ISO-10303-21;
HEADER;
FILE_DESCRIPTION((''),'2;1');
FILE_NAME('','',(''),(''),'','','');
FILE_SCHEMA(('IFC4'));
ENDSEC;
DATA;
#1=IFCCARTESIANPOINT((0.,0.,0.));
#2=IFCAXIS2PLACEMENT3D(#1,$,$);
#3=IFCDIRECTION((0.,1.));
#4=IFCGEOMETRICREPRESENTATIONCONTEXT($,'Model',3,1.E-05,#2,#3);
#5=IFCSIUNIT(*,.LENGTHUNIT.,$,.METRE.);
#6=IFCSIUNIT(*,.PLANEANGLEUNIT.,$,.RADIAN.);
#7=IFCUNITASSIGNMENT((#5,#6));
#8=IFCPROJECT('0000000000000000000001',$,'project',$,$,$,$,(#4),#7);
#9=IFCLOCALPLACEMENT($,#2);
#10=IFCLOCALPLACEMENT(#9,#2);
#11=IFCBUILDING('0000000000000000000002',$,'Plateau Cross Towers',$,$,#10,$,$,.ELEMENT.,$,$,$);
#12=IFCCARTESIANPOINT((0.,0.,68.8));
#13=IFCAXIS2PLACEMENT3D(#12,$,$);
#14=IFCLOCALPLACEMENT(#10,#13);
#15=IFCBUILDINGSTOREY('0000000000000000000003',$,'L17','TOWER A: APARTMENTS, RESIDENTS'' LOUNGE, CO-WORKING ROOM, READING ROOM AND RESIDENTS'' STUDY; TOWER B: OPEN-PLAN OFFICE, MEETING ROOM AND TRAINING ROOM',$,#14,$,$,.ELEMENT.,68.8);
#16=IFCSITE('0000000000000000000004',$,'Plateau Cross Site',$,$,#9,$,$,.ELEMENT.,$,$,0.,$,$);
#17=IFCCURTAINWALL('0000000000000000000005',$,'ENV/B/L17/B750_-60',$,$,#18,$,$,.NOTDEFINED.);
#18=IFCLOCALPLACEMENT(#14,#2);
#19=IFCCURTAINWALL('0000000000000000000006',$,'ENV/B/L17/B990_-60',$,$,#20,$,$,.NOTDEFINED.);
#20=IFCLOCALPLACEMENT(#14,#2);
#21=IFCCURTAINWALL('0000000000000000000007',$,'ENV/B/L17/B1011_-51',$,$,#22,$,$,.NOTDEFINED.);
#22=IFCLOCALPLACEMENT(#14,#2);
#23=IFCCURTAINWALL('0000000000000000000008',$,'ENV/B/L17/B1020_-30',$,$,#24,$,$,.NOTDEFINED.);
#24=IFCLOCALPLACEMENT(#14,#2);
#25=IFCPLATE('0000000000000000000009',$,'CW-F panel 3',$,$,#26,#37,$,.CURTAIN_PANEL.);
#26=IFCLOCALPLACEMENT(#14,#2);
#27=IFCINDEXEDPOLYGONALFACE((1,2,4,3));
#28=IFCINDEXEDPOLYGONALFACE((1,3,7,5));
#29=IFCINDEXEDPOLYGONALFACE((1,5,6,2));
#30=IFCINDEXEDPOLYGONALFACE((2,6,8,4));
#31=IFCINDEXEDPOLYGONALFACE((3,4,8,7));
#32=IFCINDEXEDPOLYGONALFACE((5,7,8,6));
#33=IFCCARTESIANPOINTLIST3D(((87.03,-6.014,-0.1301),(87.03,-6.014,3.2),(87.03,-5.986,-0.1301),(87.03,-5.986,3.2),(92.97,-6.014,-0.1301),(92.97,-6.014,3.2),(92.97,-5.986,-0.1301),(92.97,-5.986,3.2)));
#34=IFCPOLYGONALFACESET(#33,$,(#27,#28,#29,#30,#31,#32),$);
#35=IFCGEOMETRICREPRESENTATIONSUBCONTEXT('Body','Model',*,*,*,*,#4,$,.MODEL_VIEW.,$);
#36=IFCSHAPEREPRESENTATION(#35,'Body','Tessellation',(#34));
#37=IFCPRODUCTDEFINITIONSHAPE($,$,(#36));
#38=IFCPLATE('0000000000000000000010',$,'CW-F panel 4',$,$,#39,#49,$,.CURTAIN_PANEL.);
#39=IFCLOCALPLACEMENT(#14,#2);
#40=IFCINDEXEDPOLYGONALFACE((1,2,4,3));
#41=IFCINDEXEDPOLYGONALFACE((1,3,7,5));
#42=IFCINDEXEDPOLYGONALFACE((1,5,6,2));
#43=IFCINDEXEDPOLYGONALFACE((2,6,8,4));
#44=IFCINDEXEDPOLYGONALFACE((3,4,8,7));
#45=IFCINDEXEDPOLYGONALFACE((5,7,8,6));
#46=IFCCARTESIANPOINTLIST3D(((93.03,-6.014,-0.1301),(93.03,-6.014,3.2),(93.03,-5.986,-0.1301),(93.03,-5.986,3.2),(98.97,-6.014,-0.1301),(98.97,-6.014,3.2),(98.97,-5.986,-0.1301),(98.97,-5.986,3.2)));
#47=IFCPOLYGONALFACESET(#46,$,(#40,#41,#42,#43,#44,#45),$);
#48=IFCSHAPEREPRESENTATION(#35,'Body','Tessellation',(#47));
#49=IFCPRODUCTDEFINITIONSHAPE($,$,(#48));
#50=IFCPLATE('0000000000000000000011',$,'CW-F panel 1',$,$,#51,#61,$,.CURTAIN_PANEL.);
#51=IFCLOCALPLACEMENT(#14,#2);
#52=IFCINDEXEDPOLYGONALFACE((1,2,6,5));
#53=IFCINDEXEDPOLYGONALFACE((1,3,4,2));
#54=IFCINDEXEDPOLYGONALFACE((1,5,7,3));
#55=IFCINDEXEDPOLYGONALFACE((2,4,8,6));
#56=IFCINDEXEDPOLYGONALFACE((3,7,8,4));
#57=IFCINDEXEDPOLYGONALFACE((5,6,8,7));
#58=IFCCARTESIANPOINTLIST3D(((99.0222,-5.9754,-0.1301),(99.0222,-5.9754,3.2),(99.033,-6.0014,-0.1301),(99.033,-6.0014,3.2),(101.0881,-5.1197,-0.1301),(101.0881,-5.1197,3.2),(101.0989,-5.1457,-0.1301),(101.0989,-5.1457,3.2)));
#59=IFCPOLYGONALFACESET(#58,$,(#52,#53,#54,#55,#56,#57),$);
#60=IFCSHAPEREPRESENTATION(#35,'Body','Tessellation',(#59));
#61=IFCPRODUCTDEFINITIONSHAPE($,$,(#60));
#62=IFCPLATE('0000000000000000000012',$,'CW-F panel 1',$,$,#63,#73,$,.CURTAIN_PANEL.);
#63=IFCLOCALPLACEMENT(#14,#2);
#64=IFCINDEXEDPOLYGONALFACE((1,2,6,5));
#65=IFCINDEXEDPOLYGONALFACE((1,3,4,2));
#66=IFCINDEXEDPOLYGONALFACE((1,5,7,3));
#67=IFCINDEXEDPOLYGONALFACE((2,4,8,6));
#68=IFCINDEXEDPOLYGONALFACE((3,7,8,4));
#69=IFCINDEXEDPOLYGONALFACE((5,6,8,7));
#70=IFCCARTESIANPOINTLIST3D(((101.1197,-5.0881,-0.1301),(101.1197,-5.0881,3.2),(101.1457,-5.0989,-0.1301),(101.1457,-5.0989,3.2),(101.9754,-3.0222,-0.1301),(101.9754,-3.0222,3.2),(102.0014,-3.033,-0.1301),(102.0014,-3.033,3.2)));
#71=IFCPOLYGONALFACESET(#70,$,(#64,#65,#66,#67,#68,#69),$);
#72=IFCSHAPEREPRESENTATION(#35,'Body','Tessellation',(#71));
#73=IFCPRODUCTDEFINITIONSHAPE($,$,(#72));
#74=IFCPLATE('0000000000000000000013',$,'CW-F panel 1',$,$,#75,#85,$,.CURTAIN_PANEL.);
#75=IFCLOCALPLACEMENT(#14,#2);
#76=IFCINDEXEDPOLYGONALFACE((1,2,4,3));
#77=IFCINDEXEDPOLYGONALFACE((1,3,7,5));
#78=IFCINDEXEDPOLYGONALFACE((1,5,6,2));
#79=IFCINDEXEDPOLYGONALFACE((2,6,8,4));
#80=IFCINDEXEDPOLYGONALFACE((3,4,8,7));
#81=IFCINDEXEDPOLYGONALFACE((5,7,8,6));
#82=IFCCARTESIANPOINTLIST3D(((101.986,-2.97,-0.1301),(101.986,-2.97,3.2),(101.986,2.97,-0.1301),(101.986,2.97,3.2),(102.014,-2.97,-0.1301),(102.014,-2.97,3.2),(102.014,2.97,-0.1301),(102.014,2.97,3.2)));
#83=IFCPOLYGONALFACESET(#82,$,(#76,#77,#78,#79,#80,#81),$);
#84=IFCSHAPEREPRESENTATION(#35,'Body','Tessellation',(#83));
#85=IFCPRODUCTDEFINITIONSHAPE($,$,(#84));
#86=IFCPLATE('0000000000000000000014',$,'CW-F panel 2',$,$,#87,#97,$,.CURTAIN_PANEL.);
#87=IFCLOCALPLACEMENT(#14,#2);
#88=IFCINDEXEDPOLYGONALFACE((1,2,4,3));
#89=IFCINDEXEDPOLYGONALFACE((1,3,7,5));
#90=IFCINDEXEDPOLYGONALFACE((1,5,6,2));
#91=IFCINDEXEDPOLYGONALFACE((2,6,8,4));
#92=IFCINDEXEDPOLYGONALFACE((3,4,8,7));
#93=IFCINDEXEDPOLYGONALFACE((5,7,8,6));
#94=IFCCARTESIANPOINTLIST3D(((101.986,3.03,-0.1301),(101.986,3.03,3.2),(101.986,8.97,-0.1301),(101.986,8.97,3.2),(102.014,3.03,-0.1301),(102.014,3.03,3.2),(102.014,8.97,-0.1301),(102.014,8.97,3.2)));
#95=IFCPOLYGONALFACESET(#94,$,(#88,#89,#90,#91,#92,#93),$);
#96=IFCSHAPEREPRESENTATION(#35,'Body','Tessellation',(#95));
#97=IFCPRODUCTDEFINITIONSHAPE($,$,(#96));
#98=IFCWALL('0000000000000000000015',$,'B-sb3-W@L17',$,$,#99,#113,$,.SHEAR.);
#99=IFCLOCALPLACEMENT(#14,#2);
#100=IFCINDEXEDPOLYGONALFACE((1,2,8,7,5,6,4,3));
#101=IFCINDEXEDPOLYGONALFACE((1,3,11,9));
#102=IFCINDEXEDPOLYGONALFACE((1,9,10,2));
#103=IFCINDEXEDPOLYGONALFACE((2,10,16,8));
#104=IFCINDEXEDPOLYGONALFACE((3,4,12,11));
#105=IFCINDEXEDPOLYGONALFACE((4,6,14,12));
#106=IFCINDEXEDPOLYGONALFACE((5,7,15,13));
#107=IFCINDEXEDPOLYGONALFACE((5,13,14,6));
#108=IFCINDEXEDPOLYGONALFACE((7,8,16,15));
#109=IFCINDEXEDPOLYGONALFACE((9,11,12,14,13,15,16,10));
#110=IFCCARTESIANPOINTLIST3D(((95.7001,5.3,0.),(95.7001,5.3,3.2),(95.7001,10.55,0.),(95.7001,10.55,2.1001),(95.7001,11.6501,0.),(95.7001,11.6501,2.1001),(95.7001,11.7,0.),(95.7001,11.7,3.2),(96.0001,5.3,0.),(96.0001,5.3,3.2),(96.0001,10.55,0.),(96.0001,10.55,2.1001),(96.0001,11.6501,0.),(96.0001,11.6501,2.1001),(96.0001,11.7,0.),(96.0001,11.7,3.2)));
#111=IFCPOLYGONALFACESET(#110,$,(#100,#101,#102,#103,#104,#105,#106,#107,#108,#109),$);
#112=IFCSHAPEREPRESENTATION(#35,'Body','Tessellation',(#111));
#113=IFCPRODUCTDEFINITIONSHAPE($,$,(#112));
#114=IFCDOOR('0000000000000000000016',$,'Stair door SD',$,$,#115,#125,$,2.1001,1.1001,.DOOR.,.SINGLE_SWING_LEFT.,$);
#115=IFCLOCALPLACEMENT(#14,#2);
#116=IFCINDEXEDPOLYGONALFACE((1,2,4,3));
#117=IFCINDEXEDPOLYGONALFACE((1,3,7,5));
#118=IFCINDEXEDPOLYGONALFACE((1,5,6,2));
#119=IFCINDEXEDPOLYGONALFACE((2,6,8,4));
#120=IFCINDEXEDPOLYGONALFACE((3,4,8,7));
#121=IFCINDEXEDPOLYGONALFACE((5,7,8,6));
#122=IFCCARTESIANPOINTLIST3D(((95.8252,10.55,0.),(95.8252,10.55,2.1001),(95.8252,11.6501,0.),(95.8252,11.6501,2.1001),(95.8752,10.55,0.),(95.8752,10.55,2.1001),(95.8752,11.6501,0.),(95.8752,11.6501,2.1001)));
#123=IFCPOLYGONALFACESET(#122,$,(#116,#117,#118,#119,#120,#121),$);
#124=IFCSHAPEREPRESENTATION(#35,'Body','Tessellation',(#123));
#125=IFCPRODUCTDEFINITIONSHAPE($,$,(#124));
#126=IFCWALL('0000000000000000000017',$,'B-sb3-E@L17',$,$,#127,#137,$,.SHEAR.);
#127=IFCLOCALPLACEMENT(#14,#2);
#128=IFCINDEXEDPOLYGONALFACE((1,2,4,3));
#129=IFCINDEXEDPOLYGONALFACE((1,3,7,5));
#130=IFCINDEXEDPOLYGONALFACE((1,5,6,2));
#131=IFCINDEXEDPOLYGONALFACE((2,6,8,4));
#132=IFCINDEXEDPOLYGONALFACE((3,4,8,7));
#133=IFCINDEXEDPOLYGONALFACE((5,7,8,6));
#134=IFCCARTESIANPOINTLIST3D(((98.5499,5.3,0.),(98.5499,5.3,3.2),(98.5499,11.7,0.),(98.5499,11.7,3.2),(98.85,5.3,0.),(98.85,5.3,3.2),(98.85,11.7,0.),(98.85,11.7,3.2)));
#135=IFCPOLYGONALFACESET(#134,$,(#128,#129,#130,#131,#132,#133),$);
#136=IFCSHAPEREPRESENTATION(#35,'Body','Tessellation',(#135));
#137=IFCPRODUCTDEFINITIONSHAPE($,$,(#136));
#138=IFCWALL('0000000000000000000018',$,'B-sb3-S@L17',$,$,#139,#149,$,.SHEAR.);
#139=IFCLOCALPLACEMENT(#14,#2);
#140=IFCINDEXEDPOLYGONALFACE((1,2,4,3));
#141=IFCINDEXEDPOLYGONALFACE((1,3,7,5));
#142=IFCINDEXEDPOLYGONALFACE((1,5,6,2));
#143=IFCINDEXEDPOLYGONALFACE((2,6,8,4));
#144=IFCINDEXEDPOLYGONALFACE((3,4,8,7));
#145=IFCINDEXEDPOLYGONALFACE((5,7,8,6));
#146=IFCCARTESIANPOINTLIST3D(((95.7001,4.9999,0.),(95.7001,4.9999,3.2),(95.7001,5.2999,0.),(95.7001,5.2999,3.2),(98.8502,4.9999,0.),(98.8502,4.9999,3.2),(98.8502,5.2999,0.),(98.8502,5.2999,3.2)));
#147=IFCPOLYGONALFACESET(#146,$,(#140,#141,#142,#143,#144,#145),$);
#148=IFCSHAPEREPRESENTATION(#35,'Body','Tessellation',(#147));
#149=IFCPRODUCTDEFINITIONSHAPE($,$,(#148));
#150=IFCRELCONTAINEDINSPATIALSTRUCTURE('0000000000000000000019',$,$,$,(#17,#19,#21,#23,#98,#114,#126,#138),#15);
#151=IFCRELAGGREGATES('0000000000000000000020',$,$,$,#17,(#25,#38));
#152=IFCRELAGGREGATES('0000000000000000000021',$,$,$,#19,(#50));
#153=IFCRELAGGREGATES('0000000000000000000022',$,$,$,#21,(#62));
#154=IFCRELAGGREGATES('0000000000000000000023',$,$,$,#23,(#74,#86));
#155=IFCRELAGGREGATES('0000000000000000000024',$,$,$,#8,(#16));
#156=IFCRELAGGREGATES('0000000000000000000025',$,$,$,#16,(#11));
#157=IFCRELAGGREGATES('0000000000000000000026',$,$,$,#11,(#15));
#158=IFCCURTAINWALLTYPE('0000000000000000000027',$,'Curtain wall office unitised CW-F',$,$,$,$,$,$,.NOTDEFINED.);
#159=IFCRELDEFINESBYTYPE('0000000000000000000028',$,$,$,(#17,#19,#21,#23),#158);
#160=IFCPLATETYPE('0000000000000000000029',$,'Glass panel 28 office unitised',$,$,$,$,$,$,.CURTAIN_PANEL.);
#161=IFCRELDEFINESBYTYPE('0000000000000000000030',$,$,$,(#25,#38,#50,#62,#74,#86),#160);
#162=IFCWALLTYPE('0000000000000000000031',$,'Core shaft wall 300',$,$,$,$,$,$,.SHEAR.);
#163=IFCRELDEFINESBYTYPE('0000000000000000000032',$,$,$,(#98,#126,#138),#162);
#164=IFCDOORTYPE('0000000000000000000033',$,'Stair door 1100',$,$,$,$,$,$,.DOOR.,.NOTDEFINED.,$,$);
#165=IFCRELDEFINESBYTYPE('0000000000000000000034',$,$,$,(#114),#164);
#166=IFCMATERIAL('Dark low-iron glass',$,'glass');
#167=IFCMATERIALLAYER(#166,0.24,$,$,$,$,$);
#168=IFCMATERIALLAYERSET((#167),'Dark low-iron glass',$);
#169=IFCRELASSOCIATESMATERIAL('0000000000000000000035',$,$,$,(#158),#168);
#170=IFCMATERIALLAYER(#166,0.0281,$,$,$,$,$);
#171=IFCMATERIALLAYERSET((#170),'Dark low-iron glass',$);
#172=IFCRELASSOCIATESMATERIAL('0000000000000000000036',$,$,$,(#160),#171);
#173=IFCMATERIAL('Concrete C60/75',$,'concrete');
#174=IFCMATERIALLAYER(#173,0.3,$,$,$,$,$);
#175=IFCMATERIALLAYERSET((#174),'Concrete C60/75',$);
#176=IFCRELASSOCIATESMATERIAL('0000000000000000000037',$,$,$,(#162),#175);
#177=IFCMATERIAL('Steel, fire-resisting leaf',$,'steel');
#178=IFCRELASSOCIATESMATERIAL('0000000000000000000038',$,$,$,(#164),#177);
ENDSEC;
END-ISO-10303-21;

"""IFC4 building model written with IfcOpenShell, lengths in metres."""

from ifc_helpers import new_model, si_unit, direction, frame, frame_2d, origin, origin_2d, place, context, subcontext, project, spatial, rectangle, extrude, material, layer, layer_set, type_object, element, fill, aggregate, save


model = new_model("IFC4")

# Units and contexts
model_context = context("Model", 3, precision=1e-05, world=origin(), true_north=direction((0.0, 1.0)))
body_context = subcontext(model_context, "Body", "Model", "MODEL_VIEW")
ifc_project = project(units=[si_unit("LENGTHUNIT", "METRE"), si_unit("PLANEANGLEUNIT", "RADIAN")], contexts=[model_context])

# Site, building, storey
site_placement = place(None, origin())
site = spatial("IfcSite", under=ifc_project, at=site_placement, Name="Plateau Cross Site", CompositionType="ELEMENT", RefElevation=0.0)
building_placement = place(site_placement, origin())
building = spatial("IfcBuilding", under=site, at=building_placement, Name="Plateau Cross Towers", CompositionType="ELEMENT")
storey_placement = place(building_placement, frame((0.0, 0.0, 68.8)))
storey = spatial("IfcBuildingStorey", under=building, at=storey_placement, Name="L17", Description="TOWER A: APARTMENTS, RESIDENTS' LOUNGE, CO-WORKING ROOM, READING ROOM AND RESIDENTS' STUDY; TOWER B: OPEN-PLAN OFFICE, MEETING ROOM AND TRAINING ROOM", CompositionType="ELEMENT", Elevation=68.8)

# Shared definitions
ifc_material_1 = material(Name="Concrete C60/75", Category="concrete")

# Curtain walls
ifc_material_2 = material(Name="Dark low-iron glass", Category="glass")
ifc_layer_1 = layer(ifc_material_2, 0.24)
ifc_layer_set_1 = layer_set([ifc_layer_1], Name="Dark low-iron glass")
curtain_wall_type = type_object("IfcCurtainWallType", Name="Curtain wall office unitised CW-F", PredefinedType="NOTDEFINED", material=ifc_layer_set_1)
curtain_wall_1_placement = place(storey_placement, origin())
curtain_wall_1 = element("IfcCurtainWall", 1, at=curtain_wall_1_placement, inside=storey, type_object=curtain_wall_type, Name="ENV/B/L17/B750_-60", PredefinedType="NOTDEFINED")
curtain_wall_2_placement = place(storey_placement, origin())
curtain_wall_2 = element("IfcCurtainWall", 2, at=curtain_wall_2_placement, inside=storey, type_object=curtain_wall_type, Name="ENV/B/L17/B990_-60", PredefinedType="NOTDEFINED")
curtain_wall_3_placement = place(storey_placement, origin())
curtain_wall_3 = element("IfcCurtainWall", 3, at=curtain_wall_3_placement, inside=storey, type_object=curtain_wall_type, Name="ENV/B/L17/B1011_-51", PredefinedType="NOTDEFINED")

# Curtain wall
curtain_wall_4_placement = place(storey_placement, origin())
curtain_wall_4 = element("IfcCurtainWall", 4, at=curtain_wall_4_placement, inside=storey, type_object=curtain_wall_type, Name="ENV/B/L17/B1020_-30", PredefinedType="NOTDEFINED")

# Plates
ifc_layer_2 = layer(ifc_material_2, 0.0281)
ifc_layer_set_2 = layer_set([ifc_layer_2], Name="Dark low-iron glass")
plate_type = type_object("IfcPlateType", Name="Glass panel 28 office unitised", PredefinedType="CURTAIN_PANEL", material=ifc_layer_set_2)
plate_1_placement = place(storey_placement, frame((90.0, -6.0, -0.1301), z_axis=(0.0, 0.0, 1.0), x_axis=(1.0, 0.0, 0.0)))
plate_1 = element("IfcPlate", 5, at=plate_1_placement, type_object=plate_type, Name="CW-F panel 3", PredefinedType="CURTAIN_PANEL", context=body_context, shape_type="SweptSolid", body=[
    extrude(rectangle(XDim=5.9399, YDim=0.0281, at=origin_2d()), origin(), (0.0, 0.0, 1.0), 3.3301),
])
plate_2_placement = place(storey_placement, frame((96.0, -6.0, -0.1301), z_axis=(0.0, 0.0, 1.0), x_axis=(1.0, 0.0, 0.0)))
plate_2 = element("IfcPlate", 6, at=plate_2_placement, type_object=plate_type, Name="CW-F panel 4", PredefinedType="CURTAIN_PANEL", context=body_context, shape_type="SweptSolid", body=[
    extrude(rectangle(XDim=5.9399, YDim=0.0281, at=origin_2d()), origin(), (0.0, 0.0, 1.0), 3.3301),
])
aggregate(curtain_wall_1, [plate_1, plate_2])
plate_3_placement = place(storey_placement, frame((100.0605, -5.5605, -0.1301), z_axis=(0.0, 0.0, 1.0), x_axis=(0.923879, 0.382684, 0.0)))
plate_3 = element("IfcPlate", 7, at=plate_3_placement, type_object=plate_type, Name="CW-F panel 1", PredefinedType="CURTAIN_PANEL", context=body_context, shape_type="SweptSolid", body=[
    extrude(rectangle(XDim=2.2361, YDim=0.0281, at=origin_2d()), origin(), (0.0, 0.0, 1.0), 3.3301),
])
aggregate(curtain_wall_2, [plate_3])
plate_4_placement = place(storey_placement, frame((101.5605, -4.0605, -0.1301), z_axis=(0.0, 0.0, 1.0), x_axis=(0.382684, 0.923879, 0.0)))
plate_4 = element("IfcPlate", 8, at=plate_4_placement, type_object=plate_type, Name="CW-F panel 1", PredefinedType="CURTAIN_PANEL", context=body_context, shape_type="SweptSolid", body=[
    extrude(rectangle(XDim=2.2361, YDim=0.0281, at=origin_2d()), origin(), (0.0, 0.0, 1.0), 3.3301),
])
aggregate(curtain_wall_3, [plate_4])
plate_5_placement = place(storey_placement, frame((102.0, 0.0, -0.1301), z_axis=(0.0, 0.0, 1.0), x_axis=(0.0, 1.0, 0.0)))
plate_5 = element("IfcPlate", 9, at=plate_5_placement, type_object=plate_type, Name="CW-F panel 1", PredefinedType="CURTAIN_PANEL", context=body_context, shape_type="SweptSolid", body=[
    extrude(rectangle(XDim=5.9399, YDim=0.0281, at=origin_2d()), origin(), (0.0, 0.0, 1.0), 3.3301),
])
plate_6_placement = place(storey_placement, frame((102.0, 6.0, -0.1301), z_axis=(0.0, 0.0, 1.0), x_axis=(0.0, 1.0, 0.0)))
plate_6 = element("IfcPlate", 10, at=plate_6_placement, type_object=plate_type, Name="CW-F panel 2", PredefinedType="CURTAIN_PANEL", context=body_context, shape_type="SweptSolid", body=[
    extrude(rectangle(XDim=5.9399, YDim=0.0281, at=origin_2d()), origin(), (0.0, 0.0, 1.0), 3.3301),
])
aggregate(curtain_wall_4, [plate_5, plate_6])

# Wall, opening, door
ifc_layer_3 = layer(ifc_material_1, 0.3)
ifc_layer_set_3 = layer_set([ifc_layer_3], Name="Concrete C60/75")
wall_type_1 = type_object("IfcWallType", Name="Core shaft wall 300", PredefinedType="SHEAR", material=ifc_layer_set_3)
wall_1_placement = place(storey_placement, frame((95.8501, 5.3, 0.0), z_axis=(0.0, 0.0, 1.0), x_axis=(0.0, 1.0, 0.0)))
wall_1 = element("IfcWall", 11, at=wall_1_placement, inside=storey, type_object=wall_type_1, Name="B-sb3-W@L17", PredefinedType="SHEAR", context=body_context, shape_type="SweptSolid", body=[
    extrude(rectangle(XDim=6.3999, YDim=0.3, at=frame_2d((3.2, 0.0))), origin(), (0.0, 0.0, 1.0), 3.2),
])
opening_1_placement = place(wall_1_placement, frame((5.25, 0.0, 0.0)))
opening_1 = element("IfcOpeningElement", 12, at=opening_1_placement, cuts=wall_1, PredefinedType="OPENING", context=body_context, shape_type="SweptSolid", body=[
    extrude(rectangle(XDim=1.1001, YDim=2.1001, at=frame_2d((0.55, 1.05))), frame((0.0, 0.1599, 0.0), z_axis=(0.0, -1.0, 0.0), x_axis=(1.0, 0.0, 0.0)), (0.0, 0.0, 1.0), 0.3201),
])
ifc_material_3 = material(Name="Steel, fire-resisting leaf", Category="steel")
door_type_1 = type_object("IfcDoorType", Name="Stair door 1100", OperationType="NOTDEFINED", PredefinedType="DOOR", material=ifc_material_3)
door_1_placement = place(opening_1_placement, origin())
door_1 = element("IfcDoor", 13, at=door_1_placement, inside=storey, type_object=door_type_1, Name="Stair door SD", OperationType="SINGLE_SWING_LEFT", OverallHeight=2.1001, OverallWidth=1.1001, PredefinedType="DOOR", context=body_context, shape_type="SweptSolid", body=[
    extrude(rectangle(XDim=1.1001, YDim=2.1001, at=frame_2d((0.55, 1.05))), frame((0.0, 0.0249, 0.0), z_axis=(0.0, -1.0, 0.0), x_axis=(1.0, 0.0, 0.0)), (0.0, 0.0, 1.0), 0.05),
])
fill(opening_1, door_1)

# Walls
wall_2_placement = place(storey_placement, frame((98.7, 5.3, 0.0), z_axis=(0.0, 0.0, 1.0), x_axis=(0.0, 1.0, 0.0)))
element("IfcWall", 14, at=wall_2_placement, inside=storey, type_object=wall_type_1, Name="B-sb3-E@L17", PredefinedType="SHEAR", context=body_context, shape_type="SweptSolid", body=[
    extrude(rectangle(XDim=6.3999, YDim=0.3, at=frame_2d((3.2, 0.0))), origin(), (0.0, 0.0, 1.0), 3.2),
])
wall_3_placement = place(storey_placement, frame((95.7, 5.1499, 0.0), z_axis=(0.0, 0.0, 1.0), x_axis=(1.0, 0.0, 0.0)))
element("IfcWall", 15, at=wall_3_placement, inside=storey, type_object=wall_type_1, Name="B-sb3-S@L17", PredefinedType="SHEAR", context=body_context, shape_type="SweptSolid", body=[
    extrude(rectangle(XDim=3.1501, YDim=0.3, at=frame_2d((1.5752, 0.0))), origin(), (0.0, 0.0, 1.0), 3.2),
])

save(model, "model.ifc")
